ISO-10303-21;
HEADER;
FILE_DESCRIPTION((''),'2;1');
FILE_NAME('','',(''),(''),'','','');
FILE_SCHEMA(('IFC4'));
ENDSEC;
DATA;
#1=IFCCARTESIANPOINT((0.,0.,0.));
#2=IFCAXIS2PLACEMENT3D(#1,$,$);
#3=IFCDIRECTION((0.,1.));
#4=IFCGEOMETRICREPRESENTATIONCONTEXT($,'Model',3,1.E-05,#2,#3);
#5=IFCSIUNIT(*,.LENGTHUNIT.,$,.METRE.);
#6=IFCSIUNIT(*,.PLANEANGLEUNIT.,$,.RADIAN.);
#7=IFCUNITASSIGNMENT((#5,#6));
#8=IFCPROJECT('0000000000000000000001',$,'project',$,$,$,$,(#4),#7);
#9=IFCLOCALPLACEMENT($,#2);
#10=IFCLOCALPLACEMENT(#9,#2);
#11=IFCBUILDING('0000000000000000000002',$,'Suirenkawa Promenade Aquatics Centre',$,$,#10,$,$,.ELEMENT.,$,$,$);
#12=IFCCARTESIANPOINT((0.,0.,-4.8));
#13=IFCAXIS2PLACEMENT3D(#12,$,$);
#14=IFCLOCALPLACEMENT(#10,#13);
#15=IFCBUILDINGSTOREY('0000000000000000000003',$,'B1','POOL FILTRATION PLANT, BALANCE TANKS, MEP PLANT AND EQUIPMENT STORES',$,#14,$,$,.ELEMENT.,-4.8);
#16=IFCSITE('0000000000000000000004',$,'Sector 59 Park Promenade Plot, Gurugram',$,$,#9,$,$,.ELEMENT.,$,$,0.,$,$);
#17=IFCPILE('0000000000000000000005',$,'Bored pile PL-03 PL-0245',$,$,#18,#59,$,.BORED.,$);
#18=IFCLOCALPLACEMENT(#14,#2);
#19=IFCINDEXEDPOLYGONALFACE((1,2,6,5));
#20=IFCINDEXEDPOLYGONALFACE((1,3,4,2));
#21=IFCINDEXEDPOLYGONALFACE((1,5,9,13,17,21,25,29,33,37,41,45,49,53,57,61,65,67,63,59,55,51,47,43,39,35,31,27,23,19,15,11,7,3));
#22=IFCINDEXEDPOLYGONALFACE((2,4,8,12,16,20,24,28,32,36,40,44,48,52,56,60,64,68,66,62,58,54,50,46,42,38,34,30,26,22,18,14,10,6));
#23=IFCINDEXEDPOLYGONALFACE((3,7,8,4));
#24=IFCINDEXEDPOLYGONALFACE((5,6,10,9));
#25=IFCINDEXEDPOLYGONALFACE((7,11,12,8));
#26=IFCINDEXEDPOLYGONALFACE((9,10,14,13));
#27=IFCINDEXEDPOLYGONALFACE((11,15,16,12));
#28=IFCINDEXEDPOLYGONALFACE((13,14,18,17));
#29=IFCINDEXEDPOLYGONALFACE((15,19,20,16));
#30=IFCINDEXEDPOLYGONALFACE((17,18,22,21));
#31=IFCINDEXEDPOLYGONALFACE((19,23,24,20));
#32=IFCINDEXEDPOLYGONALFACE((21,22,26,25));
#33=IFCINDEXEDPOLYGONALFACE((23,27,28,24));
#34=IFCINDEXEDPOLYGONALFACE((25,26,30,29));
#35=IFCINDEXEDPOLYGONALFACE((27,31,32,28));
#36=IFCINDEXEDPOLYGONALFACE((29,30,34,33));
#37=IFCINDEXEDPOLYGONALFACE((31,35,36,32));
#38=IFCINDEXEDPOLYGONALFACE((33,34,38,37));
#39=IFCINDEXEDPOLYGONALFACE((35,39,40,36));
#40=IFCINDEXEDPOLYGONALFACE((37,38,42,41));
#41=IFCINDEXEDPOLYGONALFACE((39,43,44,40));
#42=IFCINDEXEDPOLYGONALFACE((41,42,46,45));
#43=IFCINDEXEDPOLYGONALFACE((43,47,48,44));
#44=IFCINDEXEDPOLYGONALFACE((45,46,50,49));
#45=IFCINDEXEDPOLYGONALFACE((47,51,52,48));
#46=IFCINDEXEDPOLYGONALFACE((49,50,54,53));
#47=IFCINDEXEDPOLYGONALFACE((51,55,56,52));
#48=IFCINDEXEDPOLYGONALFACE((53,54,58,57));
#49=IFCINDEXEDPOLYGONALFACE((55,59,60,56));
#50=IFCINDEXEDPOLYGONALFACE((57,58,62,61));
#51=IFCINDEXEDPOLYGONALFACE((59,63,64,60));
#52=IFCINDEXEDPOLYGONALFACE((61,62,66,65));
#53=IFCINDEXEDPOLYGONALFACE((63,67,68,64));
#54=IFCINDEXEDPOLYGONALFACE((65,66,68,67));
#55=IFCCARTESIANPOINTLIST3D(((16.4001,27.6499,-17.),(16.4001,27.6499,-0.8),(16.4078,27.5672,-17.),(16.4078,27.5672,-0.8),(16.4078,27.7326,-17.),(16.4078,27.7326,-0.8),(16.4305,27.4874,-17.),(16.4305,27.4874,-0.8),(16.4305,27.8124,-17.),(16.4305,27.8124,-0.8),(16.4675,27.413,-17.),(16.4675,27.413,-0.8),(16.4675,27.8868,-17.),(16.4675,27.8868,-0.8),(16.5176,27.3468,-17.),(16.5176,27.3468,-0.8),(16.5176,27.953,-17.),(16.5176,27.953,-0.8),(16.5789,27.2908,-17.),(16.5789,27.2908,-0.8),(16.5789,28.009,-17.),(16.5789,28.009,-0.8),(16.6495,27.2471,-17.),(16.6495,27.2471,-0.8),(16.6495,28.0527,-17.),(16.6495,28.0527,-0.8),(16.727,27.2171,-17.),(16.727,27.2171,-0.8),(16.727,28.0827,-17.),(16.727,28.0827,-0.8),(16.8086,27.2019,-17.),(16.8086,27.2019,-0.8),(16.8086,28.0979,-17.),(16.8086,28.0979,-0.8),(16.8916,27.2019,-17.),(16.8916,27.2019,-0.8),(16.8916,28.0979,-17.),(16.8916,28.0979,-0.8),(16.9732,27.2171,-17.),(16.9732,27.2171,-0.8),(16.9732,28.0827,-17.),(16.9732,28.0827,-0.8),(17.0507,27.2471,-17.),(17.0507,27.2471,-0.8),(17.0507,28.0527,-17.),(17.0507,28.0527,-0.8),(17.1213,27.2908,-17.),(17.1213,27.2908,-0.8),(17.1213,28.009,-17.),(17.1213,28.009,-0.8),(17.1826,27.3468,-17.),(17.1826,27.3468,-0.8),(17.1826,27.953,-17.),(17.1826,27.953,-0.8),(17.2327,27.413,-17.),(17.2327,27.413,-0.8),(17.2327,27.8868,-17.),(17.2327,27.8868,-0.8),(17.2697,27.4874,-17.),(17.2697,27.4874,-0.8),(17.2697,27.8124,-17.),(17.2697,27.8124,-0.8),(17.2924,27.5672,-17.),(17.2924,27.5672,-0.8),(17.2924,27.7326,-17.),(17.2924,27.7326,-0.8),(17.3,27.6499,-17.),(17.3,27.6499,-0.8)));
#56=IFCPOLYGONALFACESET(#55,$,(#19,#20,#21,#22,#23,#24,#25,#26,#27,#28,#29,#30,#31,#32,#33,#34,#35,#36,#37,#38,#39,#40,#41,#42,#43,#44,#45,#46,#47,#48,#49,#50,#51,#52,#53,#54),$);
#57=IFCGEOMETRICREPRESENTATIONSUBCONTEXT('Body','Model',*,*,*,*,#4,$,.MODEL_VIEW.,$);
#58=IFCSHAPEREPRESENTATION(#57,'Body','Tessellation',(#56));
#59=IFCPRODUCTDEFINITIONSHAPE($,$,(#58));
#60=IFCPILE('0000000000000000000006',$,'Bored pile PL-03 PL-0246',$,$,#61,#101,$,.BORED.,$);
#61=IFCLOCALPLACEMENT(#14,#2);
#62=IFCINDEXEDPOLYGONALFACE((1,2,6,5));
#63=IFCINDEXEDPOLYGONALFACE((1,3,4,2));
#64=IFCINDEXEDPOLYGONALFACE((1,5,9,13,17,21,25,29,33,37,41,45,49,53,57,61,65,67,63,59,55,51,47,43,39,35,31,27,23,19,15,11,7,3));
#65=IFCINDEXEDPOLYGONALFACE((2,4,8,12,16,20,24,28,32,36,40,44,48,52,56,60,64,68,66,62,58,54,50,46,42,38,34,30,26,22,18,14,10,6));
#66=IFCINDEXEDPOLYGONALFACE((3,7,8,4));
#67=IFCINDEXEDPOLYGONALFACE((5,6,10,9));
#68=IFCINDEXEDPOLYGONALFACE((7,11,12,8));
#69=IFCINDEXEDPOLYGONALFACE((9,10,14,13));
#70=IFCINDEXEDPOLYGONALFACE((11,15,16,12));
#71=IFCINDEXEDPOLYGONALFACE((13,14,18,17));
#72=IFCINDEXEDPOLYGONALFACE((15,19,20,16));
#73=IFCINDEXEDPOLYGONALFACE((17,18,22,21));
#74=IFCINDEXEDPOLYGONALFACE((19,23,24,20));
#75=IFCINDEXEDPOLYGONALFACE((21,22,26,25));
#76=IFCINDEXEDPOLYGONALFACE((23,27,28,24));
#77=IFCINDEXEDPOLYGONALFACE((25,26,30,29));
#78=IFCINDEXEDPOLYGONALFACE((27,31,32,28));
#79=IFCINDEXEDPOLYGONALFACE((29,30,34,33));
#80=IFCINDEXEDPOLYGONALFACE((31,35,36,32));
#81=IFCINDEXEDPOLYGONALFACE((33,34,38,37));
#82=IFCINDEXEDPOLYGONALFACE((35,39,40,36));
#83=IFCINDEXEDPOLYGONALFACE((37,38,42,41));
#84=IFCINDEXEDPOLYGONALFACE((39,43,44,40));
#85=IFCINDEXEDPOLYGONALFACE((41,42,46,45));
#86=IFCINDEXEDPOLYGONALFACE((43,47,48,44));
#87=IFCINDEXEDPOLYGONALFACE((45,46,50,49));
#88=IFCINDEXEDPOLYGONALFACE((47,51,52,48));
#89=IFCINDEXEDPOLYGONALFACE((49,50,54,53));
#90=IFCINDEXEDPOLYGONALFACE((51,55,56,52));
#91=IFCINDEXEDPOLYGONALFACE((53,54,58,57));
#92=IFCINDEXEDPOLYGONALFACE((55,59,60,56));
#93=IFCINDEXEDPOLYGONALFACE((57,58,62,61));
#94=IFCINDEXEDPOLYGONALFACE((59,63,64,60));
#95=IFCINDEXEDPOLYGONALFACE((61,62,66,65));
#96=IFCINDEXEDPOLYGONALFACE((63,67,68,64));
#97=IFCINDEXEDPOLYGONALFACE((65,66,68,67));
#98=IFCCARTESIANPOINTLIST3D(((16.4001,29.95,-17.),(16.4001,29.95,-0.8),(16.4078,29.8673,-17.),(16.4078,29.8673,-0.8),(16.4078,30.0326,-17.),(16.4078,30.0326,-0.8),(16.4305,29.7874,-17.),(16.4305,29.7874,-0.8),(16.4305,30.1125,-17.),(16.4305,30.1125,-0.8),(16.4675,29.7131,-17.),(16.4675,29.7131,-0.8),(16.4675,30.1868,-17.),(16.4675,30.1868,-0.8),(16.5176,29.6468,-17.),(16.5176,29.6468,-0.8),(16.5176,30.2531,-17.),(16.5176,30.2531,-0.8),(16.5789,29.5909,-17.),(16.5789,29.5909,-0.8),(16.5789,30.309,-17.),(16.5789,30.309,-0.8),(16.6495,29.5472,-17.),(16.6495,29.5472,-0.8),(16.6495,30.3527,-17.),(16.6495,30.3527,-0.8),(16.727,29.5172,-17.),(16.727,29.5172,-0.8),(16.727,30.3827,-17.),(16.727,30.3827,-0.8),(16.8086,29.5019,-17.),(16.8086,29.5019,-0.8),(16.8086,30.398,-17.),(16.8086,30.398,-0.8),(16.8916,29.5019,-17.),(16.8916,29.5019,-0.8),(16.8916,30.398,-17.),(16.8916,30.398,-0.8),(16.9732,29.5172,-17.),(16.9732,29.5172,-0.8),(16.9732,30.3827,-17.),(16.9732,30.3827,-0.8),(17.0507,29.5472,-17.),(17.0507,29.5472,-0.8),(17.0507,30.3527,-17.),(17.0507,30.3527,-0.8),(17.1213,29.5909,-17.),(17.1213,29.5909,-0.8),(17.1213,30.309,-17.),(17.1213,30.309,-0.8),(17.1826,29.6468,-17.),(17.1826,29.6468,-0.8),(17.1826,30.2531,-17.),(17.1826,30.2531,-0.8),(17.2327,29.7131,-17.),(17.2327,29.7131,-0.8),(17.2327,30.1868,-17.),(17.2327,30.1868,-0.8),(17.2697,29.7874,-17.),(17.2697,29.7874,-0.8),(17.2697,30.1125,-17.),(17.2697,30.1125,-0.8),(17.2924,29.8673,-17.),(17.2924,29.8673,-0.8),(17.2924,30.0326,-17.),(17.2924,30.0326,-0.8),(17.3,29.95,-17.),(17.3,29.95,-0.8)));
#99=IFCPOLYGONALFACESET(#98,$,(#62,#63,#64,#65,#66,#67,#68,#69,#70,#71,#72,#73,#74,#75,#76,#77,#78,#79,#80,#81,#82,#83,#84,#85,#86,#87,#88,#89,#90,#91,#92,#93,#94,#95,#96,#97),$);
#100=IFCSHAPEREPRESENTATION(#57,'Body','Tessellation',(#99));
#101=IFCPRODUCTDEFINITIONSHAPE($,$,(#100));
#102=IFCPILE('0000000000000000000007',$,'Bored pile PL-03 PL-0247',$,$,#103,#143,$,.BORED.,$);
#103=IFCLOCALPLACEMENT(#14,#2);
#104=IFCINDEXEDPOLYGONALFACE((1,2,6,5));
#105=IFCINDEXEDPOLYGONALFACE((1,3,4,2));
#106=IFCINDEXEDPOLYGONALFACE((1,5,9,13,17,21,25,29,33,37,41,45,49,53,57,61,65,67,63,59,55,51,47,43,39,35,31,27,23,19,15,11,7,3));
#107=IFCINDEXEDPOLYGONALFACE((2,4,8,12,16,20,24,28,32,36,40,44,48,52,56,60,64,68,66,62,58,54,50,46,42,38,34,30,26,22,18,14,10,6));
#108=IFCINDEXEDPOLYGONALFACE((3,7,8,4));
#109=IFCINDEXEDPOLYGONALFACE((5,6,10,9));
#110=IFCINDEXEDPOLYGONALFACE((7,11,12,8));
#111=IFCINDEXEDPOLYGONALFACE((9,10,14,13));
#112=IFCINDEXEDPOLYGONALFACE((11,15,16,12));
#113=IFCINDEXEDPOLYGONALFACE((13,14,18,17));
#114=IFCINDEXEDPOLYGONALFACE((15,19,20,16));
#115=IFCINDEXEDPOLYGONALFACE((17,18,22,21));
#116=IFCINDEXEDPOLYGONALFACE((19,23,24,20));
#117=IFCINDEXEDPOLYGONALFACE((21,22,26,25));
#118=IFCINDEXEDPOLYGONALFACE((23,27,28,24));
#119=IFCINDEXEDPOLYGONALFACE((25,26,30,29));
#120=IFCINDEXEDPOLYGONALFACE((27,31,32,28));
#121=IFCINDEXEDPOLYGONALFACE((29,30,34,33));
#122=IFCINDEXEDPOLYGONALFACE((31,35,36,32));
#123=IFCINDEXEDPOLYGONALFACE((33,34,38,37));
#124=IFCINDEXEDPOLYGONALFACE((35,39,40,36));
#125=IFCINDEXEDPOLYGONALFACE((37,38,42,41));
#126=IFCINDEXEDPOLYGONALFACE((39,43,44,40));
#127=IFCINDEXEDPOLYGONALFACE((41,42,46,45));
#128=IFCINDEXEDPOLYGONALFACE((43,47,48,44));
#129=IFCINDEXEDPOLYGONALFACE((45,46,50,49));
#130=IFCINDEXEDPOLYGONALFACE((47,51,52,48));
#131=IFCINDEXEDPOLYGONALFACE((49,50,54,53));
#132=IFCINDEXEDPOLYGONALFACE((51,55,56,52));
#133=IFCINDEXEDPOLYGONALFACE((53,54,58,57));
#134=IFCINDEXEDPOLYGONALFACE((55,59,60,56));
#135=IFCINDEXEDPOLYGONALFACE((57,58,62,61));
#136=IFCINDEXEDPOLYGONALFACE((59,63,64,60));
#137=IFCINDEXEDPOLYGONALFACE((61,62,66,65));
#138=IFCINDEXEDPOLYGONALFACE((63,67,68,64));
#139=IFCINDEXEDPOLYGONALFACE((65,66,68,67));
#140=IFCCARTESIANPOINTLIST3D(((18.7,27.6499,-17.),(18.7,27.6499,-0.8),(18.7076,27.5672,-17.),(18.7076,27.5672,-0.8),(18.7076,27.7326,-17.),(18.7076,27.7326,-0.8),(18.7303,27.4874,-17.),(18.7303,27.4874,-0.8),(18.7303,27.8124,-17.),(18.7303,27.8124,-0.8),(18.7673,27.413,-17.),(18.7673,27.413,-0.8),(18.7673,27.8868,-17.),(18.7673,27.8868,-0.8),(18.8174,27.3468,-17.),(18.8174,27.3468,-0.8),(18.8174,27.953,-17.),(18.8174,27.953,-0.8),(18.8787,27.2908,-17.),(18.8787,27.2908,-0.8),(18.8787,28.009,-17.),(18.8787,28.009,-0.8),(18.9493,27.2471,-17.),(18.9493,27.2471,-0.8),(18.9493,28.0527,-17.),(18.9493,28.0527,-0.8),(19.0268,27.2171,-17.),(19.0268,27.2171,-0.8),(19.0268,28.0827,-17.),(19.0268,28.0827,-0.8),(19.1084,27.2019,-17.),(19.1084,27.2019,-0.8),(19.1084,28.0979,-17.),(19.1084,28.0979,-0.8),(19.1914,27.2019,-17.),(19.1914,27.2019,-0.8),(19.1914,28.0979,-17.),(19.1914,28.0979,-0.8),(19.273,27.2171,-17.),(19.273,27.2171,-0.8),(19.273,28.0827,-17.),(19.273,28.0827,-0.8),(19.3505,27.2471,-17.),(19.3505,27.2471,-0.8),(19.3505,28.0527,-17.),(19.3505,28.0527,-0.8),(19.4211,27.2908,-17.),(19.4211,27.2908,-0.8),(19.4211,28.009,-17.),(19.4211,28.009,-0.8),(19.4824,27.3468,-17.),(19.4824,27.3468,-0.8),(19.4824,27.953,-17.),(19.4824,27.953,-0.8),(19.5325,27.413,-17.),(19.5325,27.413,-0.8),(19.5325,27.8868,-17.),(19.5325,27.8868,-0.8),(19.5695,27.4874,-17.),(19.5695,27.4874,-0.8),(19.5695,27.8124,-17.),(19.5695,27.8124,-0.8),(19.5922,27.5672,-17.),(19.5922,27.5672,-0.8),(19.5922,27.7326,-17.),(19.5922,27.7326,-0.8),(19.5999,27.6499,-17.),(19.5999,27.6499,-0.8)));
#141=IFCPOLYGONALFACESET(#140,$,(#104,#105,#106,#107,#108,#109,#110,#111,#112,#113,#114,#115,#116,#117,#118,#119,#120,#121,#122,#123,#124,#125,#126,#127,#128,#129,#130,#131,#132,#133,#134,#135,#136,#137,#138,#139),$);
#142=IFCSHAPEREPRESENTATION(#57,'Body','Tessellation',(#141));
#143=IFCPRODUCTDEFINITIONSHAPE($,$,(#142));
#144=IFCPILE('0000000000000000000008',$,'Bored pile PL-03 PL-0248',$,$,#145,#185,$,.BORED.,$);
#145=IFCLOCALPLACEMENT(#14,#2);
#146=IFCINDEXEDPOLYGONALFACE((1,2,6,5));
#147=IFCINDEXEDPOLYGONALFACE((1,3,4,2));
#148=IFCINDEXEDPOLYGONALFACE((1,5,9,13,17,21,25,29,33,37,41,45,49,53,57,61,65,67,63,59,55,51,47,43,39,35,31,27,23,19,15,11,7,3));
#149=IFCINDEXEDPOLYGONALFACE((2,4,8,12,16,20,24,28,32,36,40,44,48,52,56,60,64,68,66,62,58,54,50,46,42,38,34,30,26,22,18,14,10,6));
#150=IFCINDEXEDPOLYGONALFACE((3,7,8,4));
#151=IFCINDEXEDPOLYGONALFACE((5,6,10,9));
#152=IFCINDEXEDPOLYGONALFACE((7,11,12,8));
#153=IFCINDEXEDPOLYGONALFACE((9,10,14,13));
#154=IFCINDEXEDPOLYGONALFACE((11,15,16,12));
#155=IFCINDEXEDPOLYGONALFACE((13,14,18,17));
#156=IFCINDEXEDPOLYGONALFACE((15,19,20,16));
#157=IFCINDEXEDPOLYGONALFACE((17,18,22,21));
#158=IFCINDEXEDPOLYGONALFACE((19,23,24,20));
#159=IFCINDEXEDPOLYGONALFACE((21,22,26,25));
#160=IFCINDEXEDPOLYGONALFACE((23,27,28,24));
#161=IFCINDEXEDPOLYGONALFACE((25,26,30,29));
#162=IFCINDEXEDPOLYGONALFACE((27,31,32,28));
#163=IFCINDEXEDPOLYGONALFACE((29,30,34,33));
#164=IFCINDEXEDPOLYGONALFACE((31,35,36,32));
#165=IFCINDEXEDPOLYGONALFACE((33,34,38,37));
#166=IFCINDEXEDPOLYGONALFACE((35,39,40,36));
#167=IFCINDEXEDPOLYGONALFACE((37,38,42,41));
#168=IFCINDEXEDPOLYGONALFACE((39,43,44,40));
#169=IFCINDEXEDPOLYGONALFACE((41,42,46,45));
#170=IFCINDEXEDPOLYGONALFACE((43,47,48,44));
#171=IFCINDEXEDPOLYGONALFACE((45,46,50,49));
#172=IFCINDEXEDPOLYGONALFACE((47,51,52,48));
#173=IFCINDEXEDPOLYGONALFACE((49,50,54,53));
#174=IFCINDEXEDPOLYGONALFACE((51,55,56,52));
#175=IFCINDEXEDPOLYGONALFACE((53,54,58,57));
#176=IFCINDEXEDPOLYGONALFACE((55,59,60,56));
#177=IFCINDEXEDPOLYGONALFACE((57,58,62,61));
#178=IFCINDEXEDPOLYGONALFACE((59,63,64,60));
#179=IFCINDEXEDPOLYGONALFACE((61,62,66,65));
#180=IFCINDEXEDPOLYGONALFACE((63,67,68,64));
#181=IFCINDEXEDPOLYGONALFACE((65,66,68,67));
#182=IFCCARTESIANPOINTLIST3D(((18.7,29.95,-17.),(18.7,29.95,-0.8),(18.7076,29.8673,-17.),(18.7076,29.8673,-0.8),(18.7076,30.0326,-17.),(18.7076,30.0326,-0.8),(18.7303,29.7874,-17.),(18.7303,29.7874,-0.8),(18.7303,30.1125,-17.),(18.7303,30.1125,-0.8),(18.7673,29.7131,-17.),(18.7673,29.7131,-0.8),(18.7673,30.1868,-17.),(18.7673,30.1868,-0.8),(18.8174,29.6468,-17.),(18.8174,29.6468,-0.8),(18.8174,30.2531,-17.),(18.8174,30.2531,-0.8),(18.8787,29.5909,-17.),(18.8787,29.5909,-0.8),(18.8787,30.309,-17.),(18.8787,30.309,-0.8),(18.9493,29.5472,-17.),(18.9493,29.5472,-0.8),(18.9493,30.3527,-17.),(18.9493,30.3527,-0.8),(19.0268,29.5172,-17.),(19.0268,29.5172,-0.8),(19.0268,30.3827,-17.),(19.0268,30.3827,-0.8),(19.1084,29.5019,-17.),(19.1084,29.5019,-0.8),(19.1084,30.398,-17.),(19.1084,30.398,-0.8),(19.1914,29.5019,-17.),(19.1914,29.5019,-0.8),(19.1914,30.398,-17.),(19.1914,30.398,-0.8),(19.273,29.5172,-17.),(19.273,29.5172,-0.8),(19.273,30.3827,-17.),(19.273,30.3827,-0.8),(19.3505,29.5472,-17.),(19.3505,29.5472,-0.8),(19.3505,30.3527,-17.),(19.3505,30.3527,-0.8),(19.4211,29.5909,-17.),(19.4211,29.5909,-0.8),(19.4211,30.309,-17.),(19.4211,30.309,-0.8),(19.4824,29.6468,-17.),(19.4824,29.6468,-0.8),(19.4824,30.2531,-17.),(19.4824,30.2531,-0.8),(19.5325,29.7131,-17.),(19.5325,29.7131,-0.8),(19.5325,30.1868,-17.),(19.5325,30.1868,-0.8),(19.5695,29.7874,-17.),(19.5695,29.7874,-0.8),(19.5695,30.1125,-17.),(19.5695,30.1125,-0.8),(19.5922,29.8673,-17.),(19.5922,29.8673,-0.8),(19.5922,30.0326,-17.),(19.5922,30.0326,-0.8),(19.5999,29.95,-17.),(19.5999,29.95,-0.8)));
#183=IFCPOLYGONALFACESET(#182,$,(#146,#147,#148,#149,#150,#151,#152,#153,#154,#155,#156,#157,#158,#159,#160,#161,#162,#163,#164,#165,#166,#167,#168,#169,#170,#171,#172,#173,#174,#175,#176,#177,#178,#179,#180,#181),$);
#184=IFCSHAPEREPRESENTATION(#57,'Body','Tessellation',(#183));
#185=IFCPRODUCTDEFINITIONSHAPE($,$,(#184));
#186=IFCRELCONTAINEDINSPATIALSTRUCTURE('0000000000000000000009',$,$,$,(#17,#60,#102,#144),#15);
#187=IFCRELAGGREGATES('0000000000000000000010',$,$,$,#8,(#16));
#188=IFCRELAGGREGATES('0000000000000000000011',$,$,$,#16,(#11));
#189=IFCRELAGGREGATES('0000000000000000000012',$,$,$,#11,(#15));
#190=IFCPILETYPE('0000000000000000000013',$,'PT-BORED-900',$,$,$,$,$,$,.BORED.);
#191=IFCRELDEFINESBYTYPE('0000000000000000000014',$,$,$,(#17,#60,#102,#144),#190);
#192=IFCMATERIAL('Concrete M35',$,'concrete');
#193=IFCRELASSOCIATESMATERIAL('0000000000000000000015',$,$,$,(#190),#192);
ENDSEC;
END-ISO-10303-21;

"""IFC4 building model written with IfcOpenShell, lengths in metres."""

from ifc_helpers import new_model, si_unit, direction, frame, origin, origin_2d, place, context, subcontext, project, spatial, circle, extrude, material, material_profile, profile_set, type_object, element, save


model = new_model("IFC4")

# Units and contexts
model_context = context("Model", 3, precision=1e-05, world=origin(), true_north=direction((0.0, 1.0)))
body_context = subcontext(model_context, "Body", "Model", "MODEL_VIEW")
ifc_project = project(units=[si_unit("LENGTHUNIT", "METRE"), si_unit("PLANEANGLEUNIT", "RADIAN")], contexts=[model_context])

# Site, building, storey
site_placement = place(None, origin())
site = spatial("IfcSite", under=ifc_project, at=site_placement, Name="Sector 59 Park Promenade Plot, Gurugram", CompositionType="ELEMENT", RefElevation=0.0)
building_placement = place(site_placement, origin())
building = spatial("IfcBuilding", under=site, at=building_placement, Name="Suirenkawa Promenade Aquatics Centre", CompositionType="ELEMENT")
storey_placement = place(building_placement, frame((0.0, 0.0, -4.8)))
storey = spatial("IfcBuildingStorey", under=building, at=storey_placement, Name="B1", Description="POOL FILTRATION PLANT, BALANCE TANKS, MEP PLANT AND EQUIPMENT STORES", CompositionType="ELEMENT", Elevation=-4.8)

# Shared definitions
ifc_material_1 = material(Name="Concrete M35", Category="concrete")

# Piles
ifc_material_profile_1 = material_profile(ifc_material_1, circle(Radius=0.45, at=origin_2d()), Name="PILE D900", Category="concrete")
ifc_profile_set_1 = profile_set([ifc_material_profile_1], Name="Concrete M35")
pile_type = type_object("IfcPileType", Name="PT-BORED-900", PredefinedType="BORED", material=ifc_profile_set_1)
for number, where, z_axis, x_axis, name in (
    (1, (16.8501, 27.6499, -0.8), (0.0, 0.0, -1.0), (1.0, 0.0, 0.0), "Bored pile PL-03 PL-0245"),
    (2, (16.8501, 29.95, -0.8), (0.0, 0.0, -1.0), (1.0, 0.0, 0.0), "Bored pile PL-03 PL-0246"),
    (3, (19.1499, 27.6499, -0.8), (0.0, 0.0, -1.0), (1.0, 0.0, 0.0), "Bored pile PL-03 PL-0247"),
    (4, (19.1499, 29.95, -0.8), (0.0, 0.0, -1.0), (1.0, 0.0, 0.0), "Bored pile PL-03 PL-0248"),
):
    element("IfcPile", number, at=place(storey_placement, frame(where, z_axis=z_axis, x_axis=x_axis)), inside=storey, type_object=pile_type, Name=name, PredefinedType="BORED", context=body_context, shape_type="SweptSolid", body=[
        extrude(circle(Radius=0.45, at=origin_2d()), origin(), (0.0, 0.0, 1.0), 16.2),
    ])

save(model, "model.ifc")
